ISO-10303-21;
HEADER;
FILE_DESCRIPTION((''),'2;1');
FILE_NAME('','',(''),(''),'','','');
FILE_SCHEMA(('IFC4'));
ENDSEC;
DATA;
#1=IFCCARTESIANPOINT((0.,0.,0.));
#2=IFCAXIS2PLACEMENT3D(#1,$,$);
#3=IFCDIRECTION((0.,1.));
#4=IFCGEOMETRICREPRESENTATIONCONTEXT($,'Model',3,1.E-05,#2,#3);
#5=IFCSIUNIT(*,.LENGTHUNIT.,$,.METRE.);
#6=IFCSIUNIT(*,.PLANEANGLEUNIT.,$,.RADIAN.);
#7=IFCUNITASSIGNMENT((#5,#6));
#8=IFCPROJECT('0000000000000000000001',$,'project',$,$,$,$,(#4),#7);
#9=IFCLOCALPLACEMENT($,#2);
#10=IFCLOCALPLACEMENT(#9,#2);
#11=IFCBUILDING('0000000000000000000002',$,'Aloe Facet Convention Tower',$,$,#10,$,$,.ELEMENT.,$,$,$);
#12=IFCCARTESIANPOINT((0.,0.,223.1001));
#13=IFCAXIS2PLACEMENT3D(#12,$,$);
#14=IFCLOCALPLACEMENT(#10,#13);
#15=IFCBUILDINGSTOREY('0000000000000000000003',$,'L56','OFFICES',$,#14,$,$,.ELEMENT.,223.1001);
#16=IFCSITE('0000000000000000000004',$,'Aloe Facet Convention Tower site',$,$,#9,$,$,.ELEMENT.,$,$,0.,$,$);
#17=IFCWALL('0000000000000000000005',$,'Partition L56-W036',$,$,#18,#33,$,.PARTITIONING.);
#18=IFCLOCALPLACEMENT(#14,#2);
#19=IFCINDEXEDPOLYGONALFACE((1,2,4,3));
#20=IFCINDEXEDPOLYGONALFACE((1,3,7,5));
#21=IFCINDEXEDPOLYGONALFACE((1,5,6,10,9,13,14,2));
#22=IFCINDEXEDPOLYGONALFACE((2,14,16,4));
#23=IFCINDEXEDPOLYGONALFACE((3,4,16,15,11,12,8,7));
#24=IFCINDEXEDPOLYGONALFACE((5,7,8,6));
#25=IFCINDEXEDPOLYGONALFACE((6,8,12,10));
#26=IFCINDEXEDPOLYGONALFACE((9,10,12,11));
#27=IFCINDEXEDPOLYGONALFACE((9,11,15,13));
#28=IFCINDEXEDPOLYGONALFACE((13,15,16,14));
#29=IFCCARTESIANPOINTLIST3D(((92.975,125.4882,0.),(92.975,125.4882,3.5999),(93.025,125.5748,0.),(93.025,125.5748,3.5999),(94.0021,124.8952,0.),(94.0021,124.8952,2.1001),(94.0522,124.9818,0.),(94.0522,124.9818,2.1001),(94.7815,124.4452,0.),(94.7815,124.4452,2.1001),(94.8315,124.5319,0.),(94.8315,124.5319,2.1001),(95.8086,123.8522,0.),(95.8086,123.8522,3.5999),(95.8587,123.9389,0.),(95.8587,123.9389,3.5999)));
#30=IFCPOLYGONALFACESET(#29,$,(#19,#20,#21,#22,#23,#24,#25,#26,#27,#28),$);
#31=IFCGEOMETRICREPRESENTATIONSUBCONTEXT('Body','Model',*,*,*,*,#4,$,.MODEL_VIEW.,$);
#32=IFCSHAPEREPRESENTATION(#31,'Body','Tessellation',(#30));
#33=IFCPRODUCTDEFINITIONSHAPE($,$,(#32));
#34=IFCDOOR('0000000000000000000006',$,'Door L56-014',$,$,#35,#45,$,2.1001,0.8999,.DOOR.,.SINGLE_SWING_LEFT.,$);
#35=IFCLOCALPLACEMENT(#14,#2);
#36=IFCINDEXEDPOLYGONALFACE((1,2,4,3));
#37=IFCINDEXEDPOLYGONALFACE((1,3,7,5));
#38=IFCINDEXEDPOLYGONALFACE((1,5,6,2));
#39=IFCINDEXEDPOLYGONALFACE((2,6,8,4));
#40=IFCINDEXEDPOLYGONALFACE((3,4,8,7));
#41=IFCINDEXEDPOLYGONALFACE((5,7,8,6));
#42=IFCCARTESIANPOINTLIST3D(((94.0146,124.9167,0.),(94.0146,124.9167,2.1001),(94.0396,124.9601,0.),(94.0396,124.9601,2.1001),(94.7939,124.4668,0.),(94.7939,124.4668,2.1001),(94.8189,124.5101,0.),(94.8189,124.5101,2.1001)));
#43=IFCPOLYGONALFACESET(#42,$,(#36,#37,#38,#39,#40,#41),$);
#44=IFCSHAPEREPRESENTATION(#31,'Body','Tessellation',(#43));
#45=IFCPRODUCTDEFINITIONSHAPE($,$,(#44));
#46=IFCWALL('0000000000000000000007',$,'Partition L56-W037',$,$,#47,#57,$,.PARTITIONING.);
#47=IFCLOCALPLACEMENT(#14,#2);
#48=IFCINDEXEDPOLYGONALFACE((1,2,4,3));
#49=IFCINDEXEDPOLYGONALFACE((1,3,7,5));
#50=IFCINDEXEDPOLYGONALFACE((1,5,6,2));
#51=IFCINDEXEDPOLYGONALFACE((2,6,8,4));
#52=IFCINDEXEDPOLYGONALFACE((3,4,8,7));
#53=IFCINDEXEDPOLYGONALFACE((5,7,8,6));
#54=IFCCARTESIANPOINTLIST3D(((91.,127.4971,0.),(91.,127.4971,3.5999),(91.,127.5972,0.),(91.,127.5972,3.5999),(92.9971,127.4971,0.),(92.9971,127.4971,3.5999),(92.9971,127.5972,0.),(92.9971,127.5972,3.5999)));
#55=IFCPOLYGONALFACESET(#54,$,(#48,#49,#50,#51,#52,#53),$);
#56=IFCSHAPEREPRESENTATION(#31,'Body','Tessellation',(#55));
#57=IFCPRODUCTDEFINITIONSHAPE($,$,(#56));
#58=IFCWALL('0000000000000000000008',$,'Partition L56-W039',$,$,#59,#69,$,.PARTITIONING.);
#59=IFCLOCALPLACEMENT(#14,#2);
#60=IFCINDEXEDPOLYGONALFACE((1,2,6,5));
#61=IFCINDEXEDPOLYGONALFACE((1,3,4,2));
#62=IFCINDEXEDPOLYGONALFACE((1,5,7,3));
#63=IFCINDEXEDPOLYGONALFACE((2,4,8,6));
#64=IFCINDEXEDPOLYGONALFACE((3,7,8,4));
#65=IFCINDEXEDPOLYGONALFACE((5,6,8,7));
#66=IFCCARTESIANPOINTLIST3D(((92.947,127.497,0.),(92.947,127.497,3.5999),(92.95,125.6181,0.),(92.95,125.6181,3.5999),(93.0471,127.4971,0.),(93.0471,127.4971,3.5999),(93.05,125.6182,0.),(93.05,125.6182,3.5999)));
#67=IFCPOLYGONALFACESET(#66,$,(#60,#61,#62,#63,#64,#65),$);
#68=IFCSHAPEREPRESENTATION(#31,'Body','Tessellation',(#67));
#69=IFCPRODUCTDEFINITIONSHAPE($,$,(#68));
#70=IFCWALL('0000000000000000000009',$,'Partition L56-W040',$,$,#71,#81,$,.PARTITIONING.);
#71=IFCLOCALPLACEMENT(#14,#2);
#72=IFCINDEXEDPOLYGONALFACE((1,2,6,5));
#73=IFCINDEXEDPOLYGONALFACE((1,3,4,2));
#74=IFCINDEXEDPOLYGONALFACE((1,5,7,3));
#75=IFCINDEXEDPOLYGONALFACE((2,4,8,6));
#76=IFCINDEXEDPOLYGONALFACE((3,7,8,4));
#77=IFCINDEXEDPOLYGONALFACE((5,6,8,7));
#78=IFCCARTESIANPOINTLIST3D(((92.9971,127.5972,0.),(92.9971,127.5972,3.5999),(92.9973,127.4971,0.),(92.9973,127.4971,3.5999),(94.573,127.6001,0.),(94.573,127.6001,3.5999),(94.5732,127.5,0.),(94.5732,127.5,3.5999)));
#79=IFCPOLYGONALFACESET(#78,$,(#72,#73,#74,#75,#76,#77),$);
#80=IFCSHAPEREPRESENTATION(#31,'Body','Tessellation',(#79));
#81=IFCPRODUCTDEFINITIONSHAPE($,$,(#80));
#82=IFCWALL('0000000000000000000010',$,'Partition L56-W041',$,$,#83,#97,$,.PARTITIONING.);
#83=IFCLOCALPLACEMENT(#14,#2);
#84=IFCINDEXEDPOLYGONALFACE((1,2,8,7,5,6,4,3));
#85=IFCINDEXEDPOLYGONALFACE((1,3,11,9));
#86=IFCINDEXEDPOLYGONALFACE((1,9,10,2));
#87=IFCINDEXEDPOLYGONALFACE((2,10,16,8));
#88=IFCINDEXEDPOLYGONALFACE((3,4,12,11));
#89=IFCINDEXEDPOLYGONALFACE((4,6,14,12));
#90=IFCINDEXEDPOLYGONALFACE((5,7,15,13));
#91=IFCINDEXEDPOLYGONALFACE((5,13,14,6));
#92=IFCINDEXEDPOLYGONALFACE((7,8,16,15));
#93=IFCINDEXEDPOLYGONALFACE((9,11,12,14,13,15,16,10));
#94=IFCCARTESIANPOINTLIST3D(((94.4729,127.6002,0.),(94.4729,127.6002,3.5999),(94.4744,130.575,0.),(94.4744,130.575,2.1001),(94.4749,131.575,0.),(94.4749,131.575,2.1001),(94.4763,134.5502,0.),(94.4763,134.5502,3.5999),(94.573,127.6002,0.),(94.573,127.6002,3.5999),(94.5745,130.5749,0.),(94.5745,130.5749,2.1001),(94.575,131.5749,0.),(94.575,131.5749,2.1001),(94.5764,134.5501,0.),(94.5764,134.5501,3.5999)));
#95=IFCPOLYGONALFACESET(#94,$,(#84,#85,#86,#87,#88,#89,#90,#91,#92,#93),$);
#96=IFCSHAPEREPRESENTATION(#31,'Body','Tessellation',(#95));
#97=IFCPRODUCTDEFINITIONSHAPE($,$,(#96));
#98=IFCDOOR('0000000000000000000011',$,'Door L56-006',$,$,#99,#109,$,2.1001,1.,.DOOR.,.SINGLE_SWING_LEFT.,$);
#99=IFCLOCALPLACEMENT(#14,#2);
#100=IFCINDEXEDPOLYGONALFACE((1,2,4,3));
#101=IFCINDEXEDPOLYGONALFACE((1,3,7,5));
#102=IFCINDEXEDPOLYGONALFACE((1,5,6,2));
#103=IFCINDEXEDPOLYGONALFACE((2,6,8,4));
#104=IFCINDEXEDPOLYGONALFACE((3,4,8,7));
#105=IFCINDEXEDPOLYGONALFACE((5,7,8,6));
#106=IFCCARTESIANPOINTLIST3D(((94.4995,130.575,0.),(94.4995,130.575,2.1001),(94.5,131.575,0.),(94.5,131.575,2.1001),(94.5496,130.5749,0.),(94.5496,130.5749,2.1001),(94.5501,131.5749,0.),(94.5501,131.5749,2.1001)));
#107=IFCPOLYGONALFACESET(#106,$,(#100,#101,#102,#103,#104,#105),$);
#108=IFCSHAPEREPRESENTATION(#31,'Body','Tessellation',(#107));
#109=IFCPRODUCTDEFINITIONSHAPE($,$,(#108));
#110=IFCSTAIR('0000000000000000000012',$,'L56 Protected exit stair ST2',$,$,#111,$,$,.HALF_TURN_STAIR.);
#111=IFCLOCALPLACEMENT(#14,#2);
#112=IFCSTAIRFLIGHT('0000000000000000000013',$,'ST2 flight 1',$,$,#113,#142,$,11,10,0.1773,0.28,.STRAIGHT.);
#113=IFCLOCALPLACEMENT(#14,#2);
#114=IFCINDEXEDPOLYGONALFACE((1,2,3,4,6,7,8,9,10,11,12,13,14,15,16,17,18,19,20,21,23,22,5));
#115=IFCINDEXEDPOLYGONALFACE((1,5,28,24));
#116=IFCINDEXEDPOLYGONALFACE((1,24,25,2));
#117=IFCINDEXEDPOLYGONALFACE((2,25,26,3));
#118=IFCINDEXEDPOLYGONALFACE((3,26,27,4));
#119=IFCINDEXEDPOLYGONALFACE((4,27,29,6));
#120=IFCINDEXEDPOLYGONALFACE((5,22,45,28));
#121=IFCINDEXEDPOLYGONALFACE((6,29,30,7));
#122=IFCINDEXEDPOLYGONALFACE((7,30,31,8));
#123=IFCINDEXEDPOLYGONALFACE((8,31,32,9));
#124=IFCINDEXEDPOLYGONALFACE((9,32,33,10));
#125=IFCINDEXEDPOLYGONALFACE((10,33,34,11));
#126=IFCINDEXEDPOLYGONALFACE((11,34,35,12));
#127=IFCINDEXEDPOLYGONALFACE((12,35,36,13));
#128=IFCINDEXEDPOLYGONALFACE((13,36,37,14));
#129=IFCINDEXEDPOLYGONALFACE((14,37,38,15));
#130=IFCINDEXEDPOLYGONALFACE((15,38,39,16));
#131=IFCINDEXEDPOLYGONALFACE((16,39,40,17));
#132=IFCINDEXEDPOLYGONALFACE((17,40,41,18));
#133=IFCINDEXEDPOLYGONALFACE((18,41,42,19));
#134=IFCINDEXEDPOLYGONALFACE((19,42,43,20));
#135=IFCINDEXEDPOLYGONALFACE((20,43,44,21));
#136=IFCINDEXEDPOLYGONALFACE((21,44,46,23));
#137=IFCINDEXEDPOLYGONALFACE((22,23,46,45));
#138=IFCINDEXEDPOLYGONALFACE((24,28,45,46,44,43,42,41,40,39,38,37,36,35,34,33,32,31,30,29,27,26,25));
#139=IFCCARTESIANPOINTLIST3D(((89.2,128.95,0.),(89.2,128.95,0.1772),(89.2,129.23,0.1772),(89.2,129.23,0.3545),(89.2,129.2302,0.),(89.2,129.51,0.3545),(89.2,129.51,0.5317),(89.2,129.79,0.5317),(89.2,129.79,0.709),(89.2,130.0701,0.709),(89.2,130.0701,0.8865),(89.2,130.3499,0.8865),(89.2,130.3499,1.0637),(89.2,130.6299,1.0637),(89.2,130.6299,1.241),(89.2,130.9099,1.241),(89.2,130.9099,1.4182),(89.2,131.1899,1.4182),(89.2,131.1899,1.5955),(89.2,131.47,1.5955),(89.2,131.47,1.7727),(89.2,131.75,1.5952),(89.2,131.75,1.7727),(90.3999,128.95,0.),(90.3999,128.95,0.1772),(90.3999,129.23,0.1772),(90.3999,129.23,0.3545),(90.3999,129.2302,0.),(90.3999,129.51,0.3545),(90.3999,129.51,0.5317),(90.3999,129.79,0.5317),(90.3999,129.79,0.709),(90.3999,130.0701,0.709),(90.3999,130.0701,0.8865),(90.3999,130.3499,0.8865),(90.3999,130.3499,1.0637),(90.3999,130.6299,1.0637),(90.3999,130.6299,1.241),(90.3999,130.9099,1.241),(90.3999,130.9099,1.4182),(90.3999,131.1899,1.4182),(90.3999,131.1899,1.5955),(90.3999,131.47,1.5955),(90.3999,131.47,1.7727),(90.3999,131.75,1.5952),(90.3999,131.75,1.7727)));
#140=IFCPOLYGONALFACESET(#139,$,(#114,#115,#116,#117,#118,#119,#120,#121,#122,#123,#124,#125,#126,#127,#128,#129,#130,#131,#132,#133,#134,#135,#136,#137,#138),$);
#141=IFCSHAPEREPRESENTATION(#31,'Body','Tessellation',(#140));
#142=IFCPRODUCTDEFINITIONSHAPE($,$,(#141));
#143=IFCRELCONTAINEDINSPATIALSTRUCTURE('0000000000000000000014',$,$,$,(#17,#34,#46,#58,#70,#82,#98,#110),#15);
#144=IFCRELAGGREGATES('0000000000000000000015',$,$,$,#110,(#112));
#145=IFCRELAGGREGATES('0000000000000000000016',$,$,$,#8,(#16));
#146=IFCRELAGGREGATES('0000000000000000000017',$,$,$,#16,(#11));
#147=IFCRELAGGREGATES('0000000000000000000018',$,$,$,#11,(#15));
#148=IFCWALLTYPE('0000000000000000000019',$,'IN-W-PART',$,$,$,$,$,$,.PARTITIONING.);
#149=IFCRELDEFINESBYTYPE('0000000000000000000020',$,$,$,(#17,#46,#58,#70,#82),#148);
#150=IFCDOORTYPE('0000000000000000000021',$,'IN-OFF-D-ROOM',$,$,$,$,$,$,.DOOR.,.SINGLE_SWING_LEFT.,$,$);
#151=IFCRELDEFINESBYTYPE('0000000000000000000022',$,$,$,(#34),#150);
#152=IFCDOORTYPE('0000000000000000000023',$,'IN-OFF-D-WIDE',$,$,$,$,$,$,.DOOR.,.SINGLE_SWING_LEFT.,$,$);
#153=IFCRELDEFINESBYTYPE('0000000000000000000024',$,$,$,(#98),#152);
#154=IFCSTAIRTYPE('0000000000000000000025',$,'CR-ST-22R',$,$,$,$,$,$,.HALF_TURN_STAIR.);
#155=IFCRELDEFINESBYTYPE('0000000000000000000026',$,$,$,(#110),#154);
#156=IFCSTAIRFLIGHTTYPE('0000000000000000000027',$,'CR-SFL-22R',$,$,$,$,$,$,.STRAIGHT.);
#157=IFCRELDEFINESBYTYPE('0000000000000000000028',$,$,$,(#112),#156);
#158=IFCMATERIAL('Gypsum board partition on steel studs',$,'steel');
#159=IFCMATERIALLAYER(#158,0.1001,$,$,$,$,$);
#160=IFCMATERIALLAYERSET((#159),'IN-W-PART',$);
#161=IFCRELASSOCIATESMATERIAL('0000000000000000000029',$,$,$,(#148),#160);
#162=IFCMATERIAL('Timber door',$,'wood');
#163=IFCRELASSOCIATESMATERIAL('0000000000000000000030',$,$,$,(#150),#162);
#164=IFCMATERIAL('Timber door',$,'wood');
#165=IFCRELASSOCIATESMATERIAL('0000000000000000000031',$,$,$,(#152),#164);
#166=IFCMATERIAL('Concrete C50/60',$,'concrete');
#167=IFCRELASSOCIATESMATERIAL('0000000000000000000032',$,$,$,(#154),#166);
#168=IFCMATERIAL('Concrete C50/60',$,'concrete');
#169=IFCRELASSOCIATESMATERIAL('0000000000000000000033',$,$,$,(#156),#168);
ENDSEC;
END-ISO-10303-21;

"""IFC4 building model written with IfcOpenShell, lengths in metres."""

from ifc_helpers import new_model, si_unit, direction, frame, frame_2d, origin, place, context, subcontext, project, spatial, polyline, rectangle, outline, extrude, material, layer, layer_set, type_object, element, fill, aggregate, save


model = new_model("IFC4")

# Units and contexts
model_context = context("Model", 3, precision=1e-05, world=origin(), true_north=direction((0.0, 1.0)))
body_context = subcontext(model_context, "Body", "Model", "MODEL_VIEW")
ifc_project = project(units=[si_unit("LENGTHUNIT", "METRE"), si_unit("PLANEANGLEUNIT", "RADIAN")], contexts=[model_context])

# Site, building, storey
site_placement = place(None, origin())
site = spatial("IfcSite", under=ifc_project, at=site_placement, Name="Aloe Facet Convention Tower site", CompositionType="ELEMENT", RefElevation=0.0)
building_placement = place(site_placement, origin())
building = spatial("IfcBuilding", under=site, at=building_placement, Name="Aloe Facet Convention Tower", CompositionType="ELEMENT")
storey_placement = place(building_placement, frame((0.0, 0.0, 223.1001)))
storey = spatial("IfcBuildingStorey", under=building, at=storey_placement, Name="L56", Description="OFFICES", CompositionType="ELEMENT", Elevation=223.1001)

# Wall, opening, door
ifc_material_1 = material(Name="Gypsum board partition on steel studs", Category="steel")
ifc_layer_1 = layer(ifc_material_1, 0.1001)
ifc_layer_set_1 = layer_set([ifc_layer_1], Name="IN-W-PART")
wall_type_1 = type_object("IfcWallType", Name="IN-W-PART", PredefinedType="PARTITIONING", material=ifc_layer_set_1)
wall_1_placement = place(storey_placement, frame((93.0, 125.5315, 0.0), z_axis=(0.0, 0.0, 1.0), x_axis=(0.866035, -0.499983, 0.0)))
wall_1 = element("IfcWall", 1, at=wall_1_placement, inside=storey, type_object=wall_type_1, Name="Partition L56-W036", PredefinedType="PARTITIONING", context=body_context, shape_type="SweptSolid", body=[
    extrude(rectangle(XDim=3.272, YDim=0.1001, at=frame_2d((1.636, 0.0))), origin(), (0.0, 0.0, 1.0), 3.5999),
])
opening_1_placement = place(wall_1_placement, frame((1.186, 0.0, 0.0)))
opening_1 = element("IfcOpeningElement", 2, at=opening_1_placement, cuts=wall_1, PredefinedType="OPENING", context=body_context, shape_type="SweptSolid", body=[
    extrude(rectangle(XDim=0.8999, YDim=2.1001, at=frame_2d((0.45, 1.05))), frame((0.0, 0.0601, 0.0), z_axis=(0.0, -1.0, 0.0), x_axis=(1.0, 0.0, 0.0)), (0.0, 0.0, 1.0), 0.1201),
])
ifc_material_2 = material(Name="Timber door", Category="wood")
door_type_1 = type_object("IfcDoorType", Name="IN-OFF-D-ROOM", OperationType="SINGLE_SWING_LEFT", PredefinedType="DOOR", material=ifc_material_2)
door_1_placement = place(opening_1_placement, origin())
door_1 = element("IfcDoor", 3, at=door_1_placement, inside=storey, type_object=door_type_1, Name="Door L56-014", OperationType="SINGLE_SWING_LEFT", OverallHeight=2.1001, OverallWidth=0.8999, PredefinedType="DOOR", context=body_context, shape_type="SweptSolid", body=[
    extrude(rectangle(XDim=0.8999, YDim=2.1001, at=frame_2d((0.45, 1.05))), frame((0.0, 0.0249, 0.0), z_axis=(0.0, -1.0, 0.0), x_axis=(1.0, 0.0, 0.0)), (0.0, 0.0, 1.0), 0.05),
])
fill(opening_1, door_1)

# Walls
wall_2_placement = place(storey_placement, frame((91.0, 127.5471, 0.0), z_axis=(0.0, 0.0, 1.0), x_axis=(1.0, 0.0, 0.0)))
element("IfcWall", 4, at=wall_2_placement, inside=storey, type_object=wall_type_1, Name="Partition L56-W037", PredefinedType="PARTITIONING", context=body_context, shape_type="SweptSolid", body=[
    extrude(rectangle(XDim=1.9971, YDim=0.1001, at=frame_2d((0.9985, 0.0))), origin(), (0.0, 0.0, 1.0), 3.5999),
])
wall_3_placement = place(storey_placement, frame((93.0, 125.6182, 0.0), z_axis=(0.0, 0.0, 1.0), x_axis=(-0.001559, 0.999999, 0.0)))
element("IfcWall", 5, at=wall_3_placement, inside=storey, type_object=wall_type_1, Name="Partition L56-W039", PredefinedType="PARTITIONING", context=body_context, shape_type="SweptSolid", body=[
    extrude(rectangle(XDim=1.8789, YDim=0.1001, at=frame_2d((0.9395, 0.0))), origin(), (0.0, 0.0, 1.0), 3.5999),
])
wall_4_placement = place(storey_placement, frame((92.9971, 127.5471, 0.0), z_axis=(0.0, 0.0, 1.0), x_axis=(0.999998, 0.001859, 0.0)))
element("IfcWall", 6, at=wall_4_placement, inside=storey, type_object=wall_type_1, Name="Partition L56-W040", PredefinedType="PARTITIONING", context=body_context, shape_type="SweptSolid", body=[
    extrude(rectangle(XDim=1.5759, YDim=0.1001, at=frame_2d((0.7881, 0.0))), origin(), (0.0, 0.0, 1.0), 3.5999),
])

# Wall, opening, door
wall_5_placement = place(storey_placement, frame((94.5229, 127.6001, 0.0), z_axis=(0.0, 0.0, 1.0), x_axis=(0.000492, 1.0, 0.0)))
wall_5 = element("IfcWall", 7, at=wall_5_placement, inside=storey, type_object=wall_type_1, Name="Partition L56-W041", PredefinedType="PARTITIONING", context=body_context, shape_type="SweptSolid", body=[
    extrude(rectangle(XDim=6.95, YDim=0.1001, at=frame_2d((3.4751, 0.0))), origin(), (0.0, 0.0, 1.0), 3.5999),
])
opening_2_placement = place(wall_5_placement, frame((2.9749, 0.0, 0.0)))
opening_2 = element("IfcOpeningElement", 8, at=opening_2_placement, cuts=wall_5, PredefinedType="OPENING", context=body_context, shape_type="SweptSolid", body=[
    extrude(rectangle(XDim=1.0, YDim=2.1001, at=frame_2d((0.5, 1.05))), frame((0.0, 0.0601, 0.0), z_axis=(0.0, -1.0, 0.0), x_axis=(1.0, 0.0, 0.0)), (0.0, 0.0, 1.0), 0.1201),
])
ifc_material_3 = material(Name="Timber door", Category="wood")
door_type_2 = type_object("IfcDoorType", Name="IN-OFF-D-WIDE", OperationType="SINGLE_SWING_LEFT", PredefinedType="DOOR", material=ifc_material_3)
door_2_placement = place(opening_2_placement, origin())
door_2 = element("IfcDoor", 9, at=door_2_placement, inside=storey, type_object=door_type_2, Name="Door L56-006", OperationType="SINGLE_SWING_LEFT", OverallHeight=2.1001, OverallWidth=1.0, PredefinedType="DOOR", context=body_context, shape_type="SweptSolid", body=[
    extrude(rectangle(XDim=1.0, YDim=2.1001, at=frame_2d((0.5, 1.05))), frame((0.0, 0.0249, 0.0), z_axis=(0.0, -1.0, 0.0), x_axis=(1.0, 0.0, 0.0)), (0.0, 0.0, 1.0), 0.05),
])
fill(opening_2, door_2)

# Stair, stair flight
ifc_material_4 = material(Name="Concrete C50/60", Category="concrete")
stair_type = type_object("IfcStairType", Name="CR-ST-22R", PredefinedType="HALF_TURN_STAIR", material=ifc_material_4)
stair_placement = place(storey_placement, origin())
stair = element("IfcStair", 10, at=stair_placement, inside=storey, type_object=stair_type, Name="L56 Protected exit stair ST2", PredefinedType="HALF_TURN_STAIR")
ifc_material_5 = material(Name="Concrete C50/60", Category="concrete")
stair_flight_type = type_object("IfcStairFlightType", Name="CR-SFL-22R", PredefinedType="STRAIGHT", material=ifc_material_5)
stair_flight_placement = place(storey_placement, frame((89.8, 128.95, 0.0), z_axis=(0.0, 0.0, 1.0), x_axis=(0.0, 1.0, 0.0)))
stair_flight = element("IfcStairFlight", 11, at=stair_flight_placement, type_object=stair_flight_type, Name="ST2 flight 1", NumberOfRisers=11, NumberOfTreads=10, PredefinedType="STRAIGHT", RiserHeight=0.1773, TreadLength=0.28, context=body_context, shape_type="SweptSolid", body=[
    extrude(outline(polyline([(0.0, 0.0), (0.0, 0.1772), (0.28, 0.1772), (0.28, 0.3545), (0.5601, 0.3545), (0.5601, 0.5317), (0.8401, 0.5317), (0.8401, 0.709), (1.1201, 0.709), (1.1201, 0.8865), (1.3999, 0.8865), (1.3999, 1.0637), (1.6799, 1.0637), (1.6799, 1.241), (1.96, 1.241), (1.96, 1.4182), (2.24, 1.4182), (2.24, 1.5955), (2.52, 1.5955), (2.52, 1.7727), (2.8, 1.7727), (2.8, 1.95), (2.8, 1.5952), (0.2803, 0.0), (0.0, 0.0)])), frame((0.0, 0.6001, 0.0), z_axis=(0.0, -1.0, 0.0), x_axis=(1.0, 0.0, 0.0)), (0.0, 0.0, 1.0), 1.2),
])
aggregate(stair, [stair_flight])

save(model, "model.ifc")
